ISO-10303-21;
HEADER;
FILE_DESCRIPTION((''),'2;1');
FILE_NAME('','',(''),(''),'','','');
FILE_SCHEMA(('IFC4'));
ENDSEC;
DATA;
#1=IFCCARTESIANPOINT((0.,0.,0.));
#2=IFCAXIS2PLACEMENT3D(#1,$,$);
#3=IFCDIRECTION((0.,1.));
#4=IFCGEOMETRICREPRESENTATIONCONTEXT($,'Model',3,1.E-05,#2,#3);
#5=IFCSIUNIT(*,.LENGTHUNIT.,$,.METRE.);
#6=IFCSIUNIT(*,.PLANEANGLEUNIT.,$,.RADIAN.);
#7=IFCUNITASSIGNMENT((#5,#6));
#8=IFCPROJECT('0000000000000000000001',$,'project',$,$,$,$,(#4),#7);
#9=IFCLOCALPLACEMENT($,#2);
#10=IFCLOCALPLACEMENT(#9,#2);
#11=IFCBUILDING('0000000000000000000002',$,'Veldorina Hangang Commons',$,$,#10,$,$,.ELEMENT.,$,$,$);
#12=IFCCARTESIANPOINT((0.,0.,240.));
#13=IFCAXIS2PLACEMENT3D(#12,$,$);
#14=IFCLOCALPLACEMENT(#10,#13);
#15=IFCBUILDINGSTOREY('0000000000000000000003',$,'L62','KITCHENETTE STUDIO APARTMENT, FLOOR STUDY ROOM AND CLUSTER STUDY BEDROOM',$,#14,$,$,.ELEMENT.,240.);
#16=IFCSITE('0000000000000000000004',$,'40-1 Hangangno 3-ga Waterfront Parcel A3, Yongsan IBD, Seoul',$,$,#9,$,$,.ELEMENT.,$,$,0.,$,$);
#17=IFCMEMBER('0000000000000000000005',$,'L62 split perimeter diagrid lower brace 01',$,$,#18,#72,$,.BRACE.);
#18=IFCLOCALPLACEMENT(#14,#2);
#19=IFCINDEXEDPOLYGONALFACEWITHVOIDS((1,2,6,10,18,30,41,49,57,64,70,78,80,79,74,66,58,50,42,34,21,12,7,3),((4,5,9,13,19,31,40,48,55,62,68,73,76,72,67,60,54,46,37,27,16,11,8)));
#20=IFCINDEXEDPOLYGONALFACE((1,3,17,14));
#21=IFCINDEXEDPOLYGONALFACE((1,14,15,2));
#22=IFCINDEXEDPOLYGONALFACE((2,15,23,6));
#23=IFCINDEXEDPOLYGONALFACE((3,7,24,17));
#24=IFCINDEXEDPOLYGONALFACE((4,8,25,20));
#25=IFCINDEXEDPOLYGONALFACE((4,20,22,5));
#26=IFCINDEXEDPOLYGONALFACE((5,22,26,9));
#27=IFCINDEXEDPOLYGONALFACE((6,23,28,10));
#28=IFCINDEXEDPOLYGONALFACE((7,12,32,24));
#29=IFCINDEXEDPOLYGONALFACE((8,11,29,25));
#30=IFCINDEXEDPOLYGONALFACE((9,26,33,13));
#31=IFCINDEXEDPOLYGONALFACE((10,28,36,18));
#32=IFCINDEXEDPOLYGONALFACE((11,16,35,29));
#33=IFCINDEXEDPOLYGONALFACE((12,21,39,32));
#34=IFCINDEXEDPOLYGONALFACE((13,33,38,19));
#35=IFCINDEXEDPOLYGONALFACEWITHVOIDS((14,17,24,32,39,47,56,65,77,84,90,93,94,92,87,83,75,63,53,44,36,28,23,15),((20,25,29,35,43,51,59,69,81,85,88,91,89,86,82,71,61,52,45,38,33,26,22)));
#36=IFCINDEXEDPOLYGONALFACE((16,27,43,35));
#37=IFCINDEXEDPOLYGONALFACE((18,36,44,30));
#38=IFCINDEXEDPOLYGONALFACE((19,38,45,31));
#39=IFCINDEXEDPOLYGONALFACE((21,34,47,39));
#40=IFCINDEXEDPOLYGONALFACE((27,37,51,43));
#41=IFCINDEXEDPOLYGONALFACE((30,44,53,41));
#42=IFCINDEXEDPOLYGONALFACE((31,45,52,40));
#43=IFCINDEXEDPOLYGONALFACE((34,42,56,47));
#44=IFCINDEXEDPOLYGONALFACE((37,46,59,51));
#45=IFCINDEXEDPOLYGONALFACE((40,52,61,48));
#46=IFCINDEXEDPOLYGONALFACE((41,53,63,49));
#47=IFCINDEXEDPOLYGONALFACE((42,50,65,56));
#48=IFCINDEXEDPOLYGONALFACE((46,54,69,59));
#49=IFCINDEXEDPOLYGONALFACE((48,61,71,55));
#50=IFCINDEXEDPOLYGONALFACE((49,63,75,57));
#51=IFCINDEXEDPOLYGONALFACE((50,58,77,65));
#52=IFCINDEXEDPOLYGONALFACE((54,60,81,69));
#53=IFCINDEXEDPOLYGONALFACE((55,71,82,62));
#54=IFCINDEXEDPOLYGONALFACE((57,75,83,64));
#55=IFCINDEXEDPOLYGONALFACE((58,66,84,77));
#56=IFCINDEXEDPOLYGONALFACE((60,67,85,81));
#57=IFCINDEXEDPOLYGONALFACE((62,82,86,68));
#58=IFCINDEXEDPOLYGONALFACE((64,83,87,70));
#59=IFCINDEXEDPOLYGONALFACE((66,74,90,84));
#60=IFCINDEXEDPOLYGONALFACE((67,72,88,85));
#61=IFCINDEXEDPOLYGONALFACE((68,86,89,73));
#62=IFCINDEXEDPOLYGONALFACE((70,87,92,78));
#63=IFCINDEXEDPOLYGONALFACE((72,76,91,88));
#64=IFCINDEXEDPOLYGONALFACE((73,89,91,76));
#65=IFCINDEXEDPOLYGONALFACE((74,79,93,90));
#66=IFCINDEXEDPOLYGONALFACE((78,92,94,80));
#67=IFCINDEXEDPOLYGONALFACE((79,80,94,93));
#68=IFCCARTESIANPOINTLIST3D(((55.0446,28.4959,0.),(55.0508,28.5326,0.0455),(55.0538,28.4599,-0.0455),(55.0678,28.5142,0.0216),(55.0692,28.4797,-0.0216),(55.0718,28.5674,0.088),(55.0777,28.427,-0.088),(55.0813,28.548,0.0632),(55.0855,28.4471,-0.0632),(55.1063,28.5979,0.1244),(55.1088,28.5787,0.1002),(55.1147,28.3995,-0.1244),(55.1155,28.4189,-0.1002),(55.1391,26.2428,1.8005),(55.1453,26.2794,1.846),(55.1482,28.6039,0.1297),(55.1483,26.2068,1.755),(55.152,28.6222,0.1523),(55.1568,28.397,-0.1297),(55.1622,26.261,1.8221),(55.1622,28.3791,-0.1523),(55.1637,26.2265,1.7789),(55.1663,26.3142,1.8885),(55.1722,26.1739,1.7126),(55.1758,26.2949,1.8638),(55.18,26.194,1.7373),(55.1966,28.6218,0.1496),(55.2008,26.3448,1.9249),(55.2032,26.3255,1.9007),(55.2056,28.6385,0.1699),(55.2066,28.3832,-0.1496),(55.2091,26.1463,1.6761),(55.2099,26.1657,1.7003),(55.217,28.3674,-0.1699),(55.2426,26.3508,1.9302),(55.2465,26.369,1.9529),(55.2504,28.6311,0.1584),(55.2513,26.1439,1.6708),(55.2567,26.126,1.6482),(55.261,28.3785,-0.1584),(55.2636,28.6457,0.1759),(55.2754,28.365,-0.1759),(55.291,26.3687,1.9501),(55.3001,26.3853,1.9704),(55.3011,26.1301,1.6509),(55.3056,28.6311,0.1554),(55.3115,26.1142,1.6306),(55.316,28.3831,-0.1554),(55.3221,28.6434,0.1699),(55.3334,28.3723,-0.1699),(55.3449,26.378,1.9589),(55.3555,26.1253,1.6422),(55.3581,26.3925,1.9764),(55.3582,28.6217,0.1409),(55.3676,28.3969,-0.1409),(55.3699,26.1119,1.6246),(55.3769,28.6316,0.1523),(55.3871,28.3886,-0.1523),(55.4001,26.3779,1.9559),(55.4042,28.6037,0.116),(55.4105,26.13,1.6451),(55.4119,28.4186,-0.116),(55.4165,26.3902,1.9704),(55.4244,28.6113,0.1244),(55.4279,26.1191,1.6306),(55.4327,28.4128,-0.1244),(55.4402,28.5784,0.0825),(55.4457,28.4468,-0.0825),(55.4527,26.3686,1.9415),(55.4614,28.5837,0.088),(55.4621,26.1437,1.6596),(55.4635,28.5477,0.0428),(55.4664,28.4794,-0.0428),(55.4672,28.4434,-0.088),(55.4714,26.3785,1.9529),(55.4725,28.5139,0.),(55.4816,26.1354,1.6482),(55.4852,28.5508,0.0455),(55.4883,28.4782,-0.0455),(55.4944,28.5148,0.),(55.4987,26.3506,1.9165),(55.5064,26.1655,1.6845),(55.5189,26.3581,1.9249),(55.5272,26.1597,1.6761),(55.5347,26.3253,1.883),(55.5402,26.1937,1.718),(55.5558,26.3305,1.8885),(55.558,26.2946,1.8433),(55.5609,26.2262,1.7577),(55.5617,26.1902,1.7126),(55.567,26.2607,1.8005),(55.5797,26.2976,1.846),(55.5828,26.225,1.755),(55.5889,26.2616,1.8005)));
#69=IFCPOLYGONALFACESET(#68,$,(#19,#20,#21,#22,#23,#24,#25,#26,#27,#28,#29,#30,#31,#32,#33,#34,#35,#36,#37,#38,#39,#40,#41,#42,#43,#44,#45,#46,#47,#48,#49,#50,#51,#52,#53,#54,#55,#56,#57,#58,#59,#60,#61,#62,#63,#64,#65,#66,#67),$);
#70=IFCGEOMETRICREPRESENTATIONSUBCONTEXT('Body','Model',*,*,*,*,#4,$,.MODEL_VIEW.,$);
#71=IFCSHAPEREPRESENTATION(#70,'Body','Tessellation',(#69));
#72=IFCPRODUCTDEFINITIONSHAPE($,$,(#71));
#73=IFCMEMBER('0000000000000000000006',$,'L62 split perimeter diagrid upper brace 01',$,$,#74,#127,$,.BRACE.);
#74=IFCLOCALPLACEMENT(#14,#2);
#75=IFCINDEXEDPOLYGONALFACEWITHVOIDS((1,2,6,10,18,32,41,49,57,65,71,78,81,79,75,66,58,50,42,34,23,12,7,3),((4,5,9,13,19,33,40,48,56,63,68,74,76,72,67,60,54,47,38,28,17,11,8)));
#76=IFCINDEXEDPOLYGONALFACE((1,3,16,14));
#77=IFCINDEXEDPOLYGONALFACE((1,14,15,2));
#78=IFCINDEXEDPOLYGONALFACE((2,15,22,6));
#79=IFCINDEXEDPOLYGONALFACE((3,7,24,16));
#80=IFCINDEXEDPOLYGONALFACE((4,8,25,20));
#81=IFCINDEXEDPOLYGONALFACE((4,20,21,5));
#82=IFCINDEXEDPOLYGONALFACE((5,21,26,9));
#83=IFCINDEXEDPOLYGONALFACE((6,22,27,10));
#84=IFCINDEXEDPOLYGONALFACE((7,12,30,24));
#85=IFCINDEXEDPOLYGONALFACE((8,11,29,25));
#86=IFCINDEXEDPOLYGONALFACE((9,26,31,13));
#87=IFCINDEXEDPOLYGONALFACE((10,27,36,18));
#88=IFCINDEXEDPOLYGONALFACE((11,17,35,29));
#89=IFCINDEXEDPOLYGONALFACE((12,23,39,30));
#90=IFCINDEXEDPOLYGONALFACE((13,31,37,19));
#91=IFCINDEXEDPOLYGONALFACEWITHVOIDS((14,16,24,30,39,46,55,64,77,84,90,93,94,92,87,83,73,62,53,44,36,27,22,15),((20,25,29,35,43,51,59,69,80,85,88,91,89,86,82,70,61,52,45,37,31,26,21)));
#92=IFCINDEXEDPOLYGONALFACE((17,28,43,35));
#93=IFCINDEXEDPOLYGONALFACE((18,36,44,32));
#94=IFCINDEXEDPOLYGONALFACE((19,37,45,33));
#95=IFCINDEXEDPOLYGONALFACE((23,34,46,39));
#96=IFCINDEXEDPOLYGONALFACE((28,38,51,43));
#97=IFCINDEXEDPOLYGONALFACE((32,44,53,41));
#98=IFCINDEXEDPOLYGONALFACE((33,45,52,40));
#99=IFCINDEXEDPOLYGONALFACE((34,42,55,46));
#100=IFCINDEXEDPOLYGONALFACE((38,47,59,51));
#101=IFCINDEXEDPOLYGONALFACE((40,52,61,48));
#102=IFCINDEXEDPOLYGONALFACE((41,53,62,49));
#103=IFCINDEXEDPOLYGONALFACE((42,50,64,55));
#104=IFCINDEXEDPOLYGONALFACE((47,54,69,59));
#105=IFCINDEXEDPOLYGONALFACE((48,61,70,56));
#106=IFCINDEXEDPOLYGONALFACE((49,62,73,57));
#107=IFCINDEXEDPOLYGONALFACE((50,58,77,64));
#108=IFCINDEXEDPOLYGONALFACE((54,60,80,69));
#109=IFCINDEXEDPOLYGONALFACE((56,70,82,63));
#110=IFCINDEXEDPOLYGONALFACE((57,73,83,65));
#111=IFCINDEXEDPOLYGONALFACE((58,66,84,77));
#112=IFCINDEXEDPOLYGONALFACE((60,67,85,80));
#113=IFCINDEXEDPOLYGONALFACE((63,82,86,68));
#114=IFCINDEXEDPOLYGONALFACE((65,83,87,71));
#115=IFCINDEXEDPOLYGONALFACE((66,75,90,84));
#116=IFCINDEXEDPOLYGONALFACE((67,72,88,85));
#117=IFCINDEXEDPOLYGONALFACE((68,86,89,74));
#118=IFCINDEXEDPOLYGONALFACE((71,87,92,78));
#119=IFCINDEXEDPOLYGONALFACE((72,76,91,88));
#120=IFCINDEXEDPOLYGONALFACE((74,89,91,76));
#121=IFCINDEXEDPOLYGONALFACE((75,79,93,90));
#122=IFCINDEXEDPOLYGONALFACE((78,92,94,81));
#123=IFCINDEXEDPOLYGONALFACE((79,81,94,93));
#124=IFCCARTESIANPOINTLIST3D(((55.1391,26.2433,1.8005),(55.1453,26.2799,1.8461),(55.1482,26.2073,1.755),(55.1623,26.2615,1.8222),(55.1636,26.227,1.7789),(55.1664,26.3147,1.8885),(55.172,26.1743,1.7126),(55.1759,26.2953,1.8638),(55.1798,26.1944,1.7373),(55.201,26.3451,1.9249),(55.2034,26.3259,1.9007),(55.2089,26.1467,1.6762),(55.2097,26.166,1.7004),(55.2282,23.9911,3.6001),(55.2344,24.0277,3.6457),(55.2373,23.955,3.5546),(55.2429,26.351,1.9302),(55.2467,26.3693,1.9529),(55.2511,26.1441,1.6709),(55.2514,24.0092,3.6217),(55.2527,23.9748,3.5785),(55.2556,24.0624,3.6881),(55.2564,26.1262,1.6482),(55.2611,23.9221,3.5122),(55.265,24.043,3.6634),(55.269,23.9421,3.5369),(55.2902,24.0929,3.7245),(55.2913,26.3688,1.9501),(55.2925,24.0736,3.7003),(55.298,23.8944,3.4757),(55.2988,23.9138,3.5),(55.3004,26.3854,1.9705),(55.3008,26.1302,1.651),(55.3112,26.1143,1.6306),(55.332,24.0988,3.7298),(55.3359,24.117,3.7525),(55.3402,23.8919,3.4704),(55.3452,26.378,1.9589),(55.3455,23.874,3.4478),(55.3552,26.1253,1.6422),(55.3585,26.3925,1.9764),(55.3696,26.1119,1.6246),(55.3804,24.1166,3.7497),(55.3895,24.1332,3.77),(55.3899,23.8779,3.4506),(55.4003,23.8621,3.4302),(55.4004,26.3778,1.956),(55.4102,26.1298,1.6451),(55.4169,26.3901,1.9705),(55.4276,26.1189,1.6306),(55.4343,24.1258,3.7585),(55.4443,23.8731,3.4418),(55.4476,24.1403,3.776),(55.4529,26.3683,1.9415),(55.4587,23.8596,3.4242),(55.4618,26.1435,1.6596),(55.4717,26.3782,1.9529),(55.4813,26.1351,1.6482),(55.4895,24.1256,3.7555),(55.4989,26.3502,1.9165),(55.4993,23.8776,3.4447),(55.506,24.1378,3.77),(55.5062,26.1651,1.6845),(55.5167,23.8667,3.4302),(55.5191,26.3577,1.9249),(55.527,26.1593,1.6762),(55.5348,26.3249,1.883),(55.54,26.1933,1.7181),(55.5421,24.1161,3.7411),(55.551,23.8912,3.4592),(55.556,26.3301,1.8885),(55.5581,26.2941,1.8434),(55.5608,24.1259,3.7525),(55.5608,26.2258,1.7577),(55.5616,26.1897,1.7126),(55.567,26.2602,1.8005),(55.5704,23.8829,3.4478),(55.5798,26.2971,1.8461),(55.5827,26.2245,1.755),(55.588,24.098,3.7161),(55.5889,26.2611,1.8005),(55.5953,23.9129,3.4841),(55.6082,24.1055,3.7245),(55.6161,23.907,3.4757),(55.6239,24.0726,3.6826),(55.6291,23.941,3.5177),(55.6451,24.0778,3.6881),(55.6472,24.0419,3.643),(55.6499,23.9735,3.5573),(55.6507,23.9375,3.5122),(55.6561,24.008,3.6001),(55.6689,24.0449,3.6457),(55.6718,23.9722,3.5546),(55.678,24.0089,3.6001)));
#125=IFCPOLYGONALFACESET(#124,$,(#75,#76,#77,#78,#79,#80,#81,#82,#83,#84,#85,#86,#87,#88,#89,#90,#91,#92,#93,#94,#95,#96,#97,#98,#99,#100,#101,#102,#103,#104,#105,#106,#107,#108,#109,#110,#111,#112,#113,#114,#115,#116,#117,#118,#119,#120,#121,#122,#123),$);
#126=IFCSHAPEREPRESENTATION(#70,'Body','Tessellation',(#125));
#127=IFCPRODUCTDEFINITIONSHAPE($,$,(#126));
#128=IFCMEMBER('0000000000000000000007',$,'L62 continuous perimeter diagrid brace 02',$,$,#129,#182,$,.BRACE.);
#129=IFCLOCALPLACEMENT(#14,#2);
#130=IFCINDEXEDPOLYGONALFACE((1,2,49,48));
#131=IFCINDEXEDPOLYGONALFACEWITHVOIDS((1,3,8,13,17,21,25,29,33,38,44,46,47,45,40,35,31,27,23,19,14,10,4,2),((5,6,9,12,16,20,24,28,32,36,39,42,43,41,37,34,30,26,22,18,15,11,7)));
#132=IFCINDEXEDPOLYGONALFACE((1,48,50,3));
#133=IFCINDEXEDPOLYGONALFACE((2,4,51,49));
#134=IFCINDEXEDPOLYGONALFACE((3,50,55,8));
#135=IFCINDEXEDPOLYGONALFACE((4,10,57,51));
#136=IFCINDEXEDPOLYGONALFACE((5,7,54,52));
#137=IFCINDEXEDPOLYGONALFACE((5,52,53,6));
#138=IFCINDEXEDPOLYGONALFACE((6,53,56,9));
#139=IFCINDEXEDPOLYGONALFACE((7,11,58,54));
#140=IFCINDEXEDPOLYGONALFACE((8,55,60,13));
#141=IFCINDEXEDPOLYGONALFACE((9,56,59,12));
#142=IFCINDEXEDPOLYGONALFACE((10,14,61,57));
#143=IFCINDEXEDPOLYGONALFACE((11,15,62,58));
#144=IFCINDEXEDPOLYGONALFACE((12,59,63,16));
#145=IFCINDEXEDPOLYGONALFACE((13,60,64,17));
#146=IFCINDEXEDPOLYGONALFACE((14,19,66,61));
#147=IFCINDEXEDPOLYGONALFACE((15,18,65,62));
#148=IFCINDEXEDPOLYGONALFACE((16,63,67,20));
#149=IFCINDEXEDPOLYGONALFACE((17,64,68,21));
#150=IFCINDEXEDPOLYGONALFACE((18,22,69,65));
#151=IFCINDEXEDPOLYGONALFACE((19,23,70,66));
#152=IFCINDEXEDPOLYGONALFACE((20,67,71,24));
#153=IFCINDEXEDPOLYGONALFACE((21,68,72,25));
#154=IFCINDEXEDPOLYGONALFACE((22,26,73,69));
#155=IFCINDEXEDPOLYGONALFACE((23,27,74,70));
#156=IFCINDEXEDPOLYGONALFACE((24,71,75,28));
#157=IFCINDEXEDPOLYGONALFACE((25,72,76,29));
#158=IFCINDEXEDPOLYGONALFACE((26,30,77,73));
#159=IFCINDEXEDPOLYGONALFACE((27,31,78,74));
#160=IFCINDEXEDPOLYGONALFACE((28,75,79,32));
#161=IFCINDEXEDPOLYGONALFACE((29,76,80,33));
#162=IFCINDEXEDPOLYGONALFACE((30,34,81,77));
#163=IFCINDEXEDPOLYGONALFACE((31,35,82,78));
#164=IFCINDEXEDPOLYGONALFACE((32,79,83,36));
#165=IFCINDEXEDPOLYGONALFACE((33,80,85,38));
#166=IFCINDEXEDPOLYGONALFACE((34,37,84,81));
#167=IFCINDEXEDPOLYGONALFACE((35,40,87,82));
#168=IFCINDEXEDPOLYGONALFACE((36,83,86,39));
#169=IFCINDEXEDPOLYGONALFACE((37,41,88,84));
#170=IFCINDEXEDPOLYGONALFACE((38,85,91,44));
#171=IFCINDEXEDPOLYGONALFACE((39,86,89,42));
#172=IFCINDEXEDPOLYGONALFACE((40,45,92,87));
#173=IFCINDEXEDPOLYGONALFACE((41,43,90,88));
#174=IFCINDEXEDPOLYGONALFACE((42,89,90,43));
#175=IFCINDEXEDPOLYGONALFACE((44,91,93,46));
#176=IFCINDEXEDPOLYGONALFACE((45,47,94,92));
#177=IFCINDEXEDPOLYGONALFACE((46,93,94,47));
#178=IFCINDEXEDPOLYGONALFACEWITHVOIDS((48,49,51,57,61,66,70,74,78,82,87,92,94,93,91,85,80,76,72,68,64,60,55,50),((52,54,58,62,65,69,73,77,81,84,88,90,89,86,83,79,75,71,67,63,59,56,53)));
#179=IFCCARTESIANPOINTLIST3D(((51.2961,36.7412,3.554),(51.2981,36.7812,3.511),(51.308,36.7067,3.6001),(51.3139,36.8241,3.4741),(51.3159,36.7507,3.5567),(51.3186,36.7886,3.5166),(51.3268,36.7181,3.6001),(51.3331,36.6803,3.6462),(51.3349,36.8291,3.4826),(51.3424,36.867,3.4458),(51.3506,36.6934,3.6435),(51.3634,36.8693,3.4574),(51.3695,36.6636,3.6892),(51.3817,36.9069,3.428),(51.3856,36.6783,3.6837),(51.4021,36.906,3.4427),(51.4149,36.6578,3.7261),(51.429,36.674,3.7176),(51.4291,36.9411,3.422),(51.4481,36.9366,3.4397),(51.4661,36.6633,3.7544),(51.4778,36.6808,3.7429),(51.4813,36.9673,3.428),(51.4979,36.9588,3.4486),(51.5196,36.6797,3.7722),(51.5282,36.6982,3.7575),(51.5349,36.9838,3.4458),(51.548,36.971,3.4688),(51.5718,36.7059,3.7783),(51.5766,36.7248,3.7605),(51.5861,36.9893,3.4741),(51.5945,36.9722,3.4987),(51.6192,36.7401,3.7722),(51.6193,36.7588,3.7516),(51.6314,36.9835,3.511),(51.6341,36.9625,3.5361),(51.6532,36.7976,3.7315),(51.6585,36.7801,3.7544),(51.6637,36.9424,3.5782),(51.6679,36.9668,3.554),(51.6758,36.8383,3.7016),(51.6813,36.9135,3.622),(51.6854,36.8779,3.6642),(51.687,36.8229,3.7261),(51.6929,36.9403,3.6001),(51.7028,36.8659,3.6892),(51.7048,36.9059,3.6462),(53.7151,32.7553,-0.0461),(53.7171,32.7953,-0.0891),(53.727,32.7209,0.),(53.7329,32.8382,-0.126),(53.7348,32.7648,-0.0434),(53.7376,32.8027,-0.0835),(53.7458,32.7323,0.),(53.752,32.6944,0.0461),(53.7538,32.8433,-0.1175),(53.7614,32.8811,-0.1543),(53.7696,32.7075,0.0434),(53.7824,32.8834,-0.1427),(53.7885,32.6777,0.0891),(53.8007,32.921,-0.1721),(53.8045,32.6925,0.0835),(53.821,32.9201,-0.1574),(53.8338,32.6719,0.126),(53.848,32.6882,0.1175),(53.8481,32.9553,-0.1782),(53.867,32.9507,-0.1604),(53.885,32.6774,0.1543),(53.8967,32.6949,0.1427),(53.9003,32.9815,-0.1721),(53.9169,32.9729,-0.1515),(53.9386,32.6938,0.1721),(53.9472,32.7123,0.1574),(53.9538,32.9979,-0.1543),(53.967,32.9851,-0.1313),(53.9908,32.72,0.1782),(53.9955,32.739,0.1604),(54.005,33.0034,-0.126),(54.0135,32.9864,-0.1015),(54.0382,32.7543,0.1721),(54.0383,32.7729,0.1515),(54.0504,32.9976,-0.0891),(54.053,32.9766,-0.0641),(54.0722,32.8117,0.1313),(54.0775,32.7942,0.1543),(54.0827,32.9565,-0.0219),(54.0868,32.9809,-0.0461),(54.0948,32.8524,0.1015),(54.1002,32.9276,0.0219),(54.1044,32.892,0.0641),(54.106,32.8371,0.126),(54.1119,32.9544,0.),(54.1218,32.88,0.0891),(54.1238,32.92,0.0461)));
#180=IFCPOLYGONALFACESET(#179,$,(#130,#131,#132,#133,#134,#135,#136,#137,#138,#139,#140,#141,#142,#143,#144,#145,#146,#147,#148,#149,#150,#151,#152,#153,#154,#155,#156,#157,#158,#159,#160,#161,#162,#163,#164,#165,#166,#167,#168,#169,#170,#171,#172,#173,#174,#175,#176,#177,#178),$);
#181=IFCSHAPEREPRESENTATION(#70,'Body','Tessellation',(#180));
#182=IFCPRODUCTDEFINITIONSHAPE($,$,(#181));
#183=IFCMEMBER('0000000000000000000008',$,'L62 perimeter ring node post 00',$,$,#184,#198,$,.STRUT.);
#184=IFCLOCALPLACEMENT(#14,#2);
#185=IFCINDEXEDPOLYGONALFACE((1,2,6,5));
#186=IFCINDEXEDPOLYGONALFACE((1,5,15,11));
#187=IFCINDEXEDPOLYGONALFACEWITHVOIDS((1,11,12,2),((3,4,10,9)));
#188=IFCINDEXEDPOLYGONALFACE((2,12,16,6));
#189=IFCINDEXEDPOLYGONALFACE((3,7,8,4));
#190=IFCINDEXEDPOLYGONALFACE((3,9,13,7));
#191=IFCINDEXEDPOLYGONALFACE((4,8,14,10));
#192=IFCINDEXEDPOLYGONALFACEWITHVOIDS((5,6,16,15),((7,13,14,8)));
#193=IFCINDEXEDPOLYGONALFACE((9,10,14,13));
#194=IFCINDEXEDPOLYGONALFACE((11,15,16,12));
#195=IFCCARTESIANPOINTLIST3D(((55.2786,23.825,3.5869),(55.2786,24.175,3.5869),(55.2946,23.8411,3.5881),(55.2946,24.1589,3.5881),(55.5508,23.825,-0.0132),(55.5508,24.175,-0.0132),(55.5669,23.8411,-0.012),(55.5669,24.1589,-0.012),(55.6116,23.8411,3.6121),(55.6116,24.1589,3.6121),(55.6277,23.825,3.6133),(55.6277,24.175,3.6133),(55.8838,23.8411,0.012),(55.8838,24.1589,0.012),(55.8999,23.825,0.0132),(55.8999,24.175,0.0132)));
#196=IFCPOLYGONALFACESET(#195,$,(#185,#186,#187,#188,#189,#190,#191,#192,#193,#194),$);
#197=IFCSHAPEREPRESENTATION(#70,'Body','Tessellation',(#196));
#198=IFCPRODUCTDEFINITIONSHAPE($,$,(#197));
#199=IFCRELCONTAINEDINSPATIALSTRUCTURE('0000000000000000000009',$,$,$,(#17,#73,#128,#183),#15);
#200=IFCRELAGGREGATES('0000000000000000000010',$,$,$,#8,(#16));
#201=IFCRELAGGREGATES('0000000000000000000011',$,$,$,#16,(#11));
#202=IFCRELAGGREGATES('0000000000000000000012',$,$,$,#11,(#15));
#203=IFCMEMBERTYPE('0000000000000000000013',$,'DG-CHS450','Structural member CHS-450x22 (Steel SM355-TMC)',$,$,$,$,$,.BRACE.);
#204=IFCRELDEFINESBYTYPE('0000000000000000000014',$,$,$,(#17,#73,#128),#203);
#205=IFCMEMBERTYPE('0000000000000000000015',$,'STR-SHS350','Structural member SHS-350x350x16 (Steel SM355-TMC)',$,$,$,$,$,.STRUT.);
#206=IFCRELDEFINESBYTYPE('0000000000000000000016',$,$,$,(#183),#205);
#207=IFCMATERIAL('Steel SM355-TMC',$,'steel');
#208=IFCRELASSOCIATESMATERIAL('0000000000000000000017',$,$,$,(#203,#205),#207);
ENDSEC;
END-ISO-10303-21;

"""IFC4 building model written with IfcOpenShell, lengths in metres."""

from ifc_helpers import new_model, si_unit, direction, frame, origin, origin_2d, place, context, subcontext, project, spatial, hollow_rectangle, hollow_circle, extrude, material, material_profile, profile_set, type_object, element, save


model = new_model("IFC4")

# Units and contexts
model_context = context("Model", 3, precision=1e-05, world=origin(), true_north=direction((0.0, 1.0)))
body_context = subcontext(model_context, "Body", "Model", "MODEL_VIEW")
ifc_project = project(units=[si_unit("LENGTHUNIT", "METRE"), si_unit("PLANEANGLEUNIT", "RADIAN")], contexts=[model_context])

# Site, building, storey
site_placement = place(None, origin())
site = spatial("IfcSite", under=ifc_project, at=site_placement, Name="40-1 Hangangno 3-ga Waterfront Parcel A3, Yongsan IBD, Seoul", CompositionType="ELEMENT", RefElevation=0.0)
building_placement = place(site_placement, origin())
building = spatial("IfcBuilding", under=site, at=building_placement, Name="Veldorina Hangang Commons", CompositionType="ELEMENT")
storey_placement = place(building_placement, frame((0.0, 0.0, 240.0)))
storey = spatial("IfcBuildingStorey", under=building, at=storey_placement, Name="L62", Description="KITCHENETTE STUDIO APARTMENT, FLOOR STUDY ROOM AND CLUSTER STUDY BEDROOM", CompositionType="ELEMENT", Elevation=240.0)

# Shared definitions
ifc_material_1 = material(Name="Steel SM355-TMC", Category="steel")

# Members
ifc_material_profile_1 = material_profile(ifc_material_1, hollow_circle(Radius=0.2251, WallThickness=0.022, at=origin_2d()), Name="CHS-450x22")
ifc_profile_set_1 = profile_set([ifc_material_profile_1], Name="Steel SM355-TMC")
member_type_1 = type_object("IfcMemberType", Name="DG-CHS450", Description="Structural member CHS-450x22 (Steel SM355-TMC)", PredefinedType="BRACE", material=ifc_profile_set_1)
member_1_placement = place(storey_placement, frame((55.2695, 28.5054, 0.0), z_axis=(0.032741, -0.780788, 0.623937), x_axis=(0.999122, 0.041896, 0.0)))
element("IfcMember", 1, at=member_1_placement, inside=storey, type_object=member_type_1, Name="L62 split perimeter diagrid lower brace 01", PredefinedType="BRACE", context=body_context, shape_type="SweptSolid", body=[
    extrude(hollow_circle(Radius=0.2251, WallThickness=0.022, at=origin_2d()), origin(), (0.0, 0.0, 1.0), 2.8857),
])
member_2_placement = place(storey_placement, frame((55.364, 26.2522, 1.8005), z_axis=(0.030896, -0.780868, 0.623932), x_axis=(0.999218, 0.039535, 0.0)))
element("IfcMember", 2, at=member_2_placement, inside=storey, type_object=member_type_1, Name="L62 split perimeter diagrid upper brace 01", PredefinedType="BRACE", context=body_context, shape_type="SweptSolid", body=[
    extrude(hollow_circle(Radius=0.2251, WallThickness=0.022, at=origin_2d()), origin(), (0.0, 0.0, 1.0), 2.8843),
])
member_3_placement = place(storey_placement, frame((53.9194, 32.8376, 0.0), z_axis=(-0.410646, 0.676647, 0.611162), x_axis=(-0.854885, -0.518817, 0.0)))
element("IfcMember", 3, at=member_3_placement, inside=storey, type_object=member_type_1, Name="L62 continuous perimeter diagrid brace 02", PredefinedType="BRACE", context=body_context, shape_type="SweptSolid", body=[
    extrude(hollow_circle(Radius=0.2251, WallThickness=0.022, at=origin_2d()), origin(), (0.0, 0.0, 1.0), 5.8906),
])
ifc_material_profile_2 = material_profile(ifc_material_1, hollow_rectangle(XDim=0.3501, YDim=0.3501, WallThickness=0.0161, at=origin_2d()), Name="SHS-350x350x16")
ifc_profile_set_2 = profile_set([ifc_material_profile_2], Name="Steel SM355-TMC")
member_type_2 = type_object("IfcMemberType", Name="STR-SHS350", Description="Structural member SHS-350x350x16 (Steel SM355-TMC)", PredefinedType="STRUT", material=ifc_profile_set_2)
member_4_placement = place(storey_placement, frame((55.7253, 24.0, 0.0), z_axis=(-0.075398, 0.0, 0.997153), x_axis=(0.0, -1.0, 0.0)))
element("IfcMember", 4, at=member_4_placement, inside=storey, type_object=member_type_2, Name="L62 perimeter ring node post 00", PredefinedType="STRUT", context=body_context, shape_type="SweptSolid", body=[
    extrude(hollow_rectangle(XDim=0.3501, YDim=0.3501, WallThickness=0.0161, at=origin_2d()), origin(), (0.0, 0.0, 1.0), 3.6104),
])

save(model, "model.ifc")
